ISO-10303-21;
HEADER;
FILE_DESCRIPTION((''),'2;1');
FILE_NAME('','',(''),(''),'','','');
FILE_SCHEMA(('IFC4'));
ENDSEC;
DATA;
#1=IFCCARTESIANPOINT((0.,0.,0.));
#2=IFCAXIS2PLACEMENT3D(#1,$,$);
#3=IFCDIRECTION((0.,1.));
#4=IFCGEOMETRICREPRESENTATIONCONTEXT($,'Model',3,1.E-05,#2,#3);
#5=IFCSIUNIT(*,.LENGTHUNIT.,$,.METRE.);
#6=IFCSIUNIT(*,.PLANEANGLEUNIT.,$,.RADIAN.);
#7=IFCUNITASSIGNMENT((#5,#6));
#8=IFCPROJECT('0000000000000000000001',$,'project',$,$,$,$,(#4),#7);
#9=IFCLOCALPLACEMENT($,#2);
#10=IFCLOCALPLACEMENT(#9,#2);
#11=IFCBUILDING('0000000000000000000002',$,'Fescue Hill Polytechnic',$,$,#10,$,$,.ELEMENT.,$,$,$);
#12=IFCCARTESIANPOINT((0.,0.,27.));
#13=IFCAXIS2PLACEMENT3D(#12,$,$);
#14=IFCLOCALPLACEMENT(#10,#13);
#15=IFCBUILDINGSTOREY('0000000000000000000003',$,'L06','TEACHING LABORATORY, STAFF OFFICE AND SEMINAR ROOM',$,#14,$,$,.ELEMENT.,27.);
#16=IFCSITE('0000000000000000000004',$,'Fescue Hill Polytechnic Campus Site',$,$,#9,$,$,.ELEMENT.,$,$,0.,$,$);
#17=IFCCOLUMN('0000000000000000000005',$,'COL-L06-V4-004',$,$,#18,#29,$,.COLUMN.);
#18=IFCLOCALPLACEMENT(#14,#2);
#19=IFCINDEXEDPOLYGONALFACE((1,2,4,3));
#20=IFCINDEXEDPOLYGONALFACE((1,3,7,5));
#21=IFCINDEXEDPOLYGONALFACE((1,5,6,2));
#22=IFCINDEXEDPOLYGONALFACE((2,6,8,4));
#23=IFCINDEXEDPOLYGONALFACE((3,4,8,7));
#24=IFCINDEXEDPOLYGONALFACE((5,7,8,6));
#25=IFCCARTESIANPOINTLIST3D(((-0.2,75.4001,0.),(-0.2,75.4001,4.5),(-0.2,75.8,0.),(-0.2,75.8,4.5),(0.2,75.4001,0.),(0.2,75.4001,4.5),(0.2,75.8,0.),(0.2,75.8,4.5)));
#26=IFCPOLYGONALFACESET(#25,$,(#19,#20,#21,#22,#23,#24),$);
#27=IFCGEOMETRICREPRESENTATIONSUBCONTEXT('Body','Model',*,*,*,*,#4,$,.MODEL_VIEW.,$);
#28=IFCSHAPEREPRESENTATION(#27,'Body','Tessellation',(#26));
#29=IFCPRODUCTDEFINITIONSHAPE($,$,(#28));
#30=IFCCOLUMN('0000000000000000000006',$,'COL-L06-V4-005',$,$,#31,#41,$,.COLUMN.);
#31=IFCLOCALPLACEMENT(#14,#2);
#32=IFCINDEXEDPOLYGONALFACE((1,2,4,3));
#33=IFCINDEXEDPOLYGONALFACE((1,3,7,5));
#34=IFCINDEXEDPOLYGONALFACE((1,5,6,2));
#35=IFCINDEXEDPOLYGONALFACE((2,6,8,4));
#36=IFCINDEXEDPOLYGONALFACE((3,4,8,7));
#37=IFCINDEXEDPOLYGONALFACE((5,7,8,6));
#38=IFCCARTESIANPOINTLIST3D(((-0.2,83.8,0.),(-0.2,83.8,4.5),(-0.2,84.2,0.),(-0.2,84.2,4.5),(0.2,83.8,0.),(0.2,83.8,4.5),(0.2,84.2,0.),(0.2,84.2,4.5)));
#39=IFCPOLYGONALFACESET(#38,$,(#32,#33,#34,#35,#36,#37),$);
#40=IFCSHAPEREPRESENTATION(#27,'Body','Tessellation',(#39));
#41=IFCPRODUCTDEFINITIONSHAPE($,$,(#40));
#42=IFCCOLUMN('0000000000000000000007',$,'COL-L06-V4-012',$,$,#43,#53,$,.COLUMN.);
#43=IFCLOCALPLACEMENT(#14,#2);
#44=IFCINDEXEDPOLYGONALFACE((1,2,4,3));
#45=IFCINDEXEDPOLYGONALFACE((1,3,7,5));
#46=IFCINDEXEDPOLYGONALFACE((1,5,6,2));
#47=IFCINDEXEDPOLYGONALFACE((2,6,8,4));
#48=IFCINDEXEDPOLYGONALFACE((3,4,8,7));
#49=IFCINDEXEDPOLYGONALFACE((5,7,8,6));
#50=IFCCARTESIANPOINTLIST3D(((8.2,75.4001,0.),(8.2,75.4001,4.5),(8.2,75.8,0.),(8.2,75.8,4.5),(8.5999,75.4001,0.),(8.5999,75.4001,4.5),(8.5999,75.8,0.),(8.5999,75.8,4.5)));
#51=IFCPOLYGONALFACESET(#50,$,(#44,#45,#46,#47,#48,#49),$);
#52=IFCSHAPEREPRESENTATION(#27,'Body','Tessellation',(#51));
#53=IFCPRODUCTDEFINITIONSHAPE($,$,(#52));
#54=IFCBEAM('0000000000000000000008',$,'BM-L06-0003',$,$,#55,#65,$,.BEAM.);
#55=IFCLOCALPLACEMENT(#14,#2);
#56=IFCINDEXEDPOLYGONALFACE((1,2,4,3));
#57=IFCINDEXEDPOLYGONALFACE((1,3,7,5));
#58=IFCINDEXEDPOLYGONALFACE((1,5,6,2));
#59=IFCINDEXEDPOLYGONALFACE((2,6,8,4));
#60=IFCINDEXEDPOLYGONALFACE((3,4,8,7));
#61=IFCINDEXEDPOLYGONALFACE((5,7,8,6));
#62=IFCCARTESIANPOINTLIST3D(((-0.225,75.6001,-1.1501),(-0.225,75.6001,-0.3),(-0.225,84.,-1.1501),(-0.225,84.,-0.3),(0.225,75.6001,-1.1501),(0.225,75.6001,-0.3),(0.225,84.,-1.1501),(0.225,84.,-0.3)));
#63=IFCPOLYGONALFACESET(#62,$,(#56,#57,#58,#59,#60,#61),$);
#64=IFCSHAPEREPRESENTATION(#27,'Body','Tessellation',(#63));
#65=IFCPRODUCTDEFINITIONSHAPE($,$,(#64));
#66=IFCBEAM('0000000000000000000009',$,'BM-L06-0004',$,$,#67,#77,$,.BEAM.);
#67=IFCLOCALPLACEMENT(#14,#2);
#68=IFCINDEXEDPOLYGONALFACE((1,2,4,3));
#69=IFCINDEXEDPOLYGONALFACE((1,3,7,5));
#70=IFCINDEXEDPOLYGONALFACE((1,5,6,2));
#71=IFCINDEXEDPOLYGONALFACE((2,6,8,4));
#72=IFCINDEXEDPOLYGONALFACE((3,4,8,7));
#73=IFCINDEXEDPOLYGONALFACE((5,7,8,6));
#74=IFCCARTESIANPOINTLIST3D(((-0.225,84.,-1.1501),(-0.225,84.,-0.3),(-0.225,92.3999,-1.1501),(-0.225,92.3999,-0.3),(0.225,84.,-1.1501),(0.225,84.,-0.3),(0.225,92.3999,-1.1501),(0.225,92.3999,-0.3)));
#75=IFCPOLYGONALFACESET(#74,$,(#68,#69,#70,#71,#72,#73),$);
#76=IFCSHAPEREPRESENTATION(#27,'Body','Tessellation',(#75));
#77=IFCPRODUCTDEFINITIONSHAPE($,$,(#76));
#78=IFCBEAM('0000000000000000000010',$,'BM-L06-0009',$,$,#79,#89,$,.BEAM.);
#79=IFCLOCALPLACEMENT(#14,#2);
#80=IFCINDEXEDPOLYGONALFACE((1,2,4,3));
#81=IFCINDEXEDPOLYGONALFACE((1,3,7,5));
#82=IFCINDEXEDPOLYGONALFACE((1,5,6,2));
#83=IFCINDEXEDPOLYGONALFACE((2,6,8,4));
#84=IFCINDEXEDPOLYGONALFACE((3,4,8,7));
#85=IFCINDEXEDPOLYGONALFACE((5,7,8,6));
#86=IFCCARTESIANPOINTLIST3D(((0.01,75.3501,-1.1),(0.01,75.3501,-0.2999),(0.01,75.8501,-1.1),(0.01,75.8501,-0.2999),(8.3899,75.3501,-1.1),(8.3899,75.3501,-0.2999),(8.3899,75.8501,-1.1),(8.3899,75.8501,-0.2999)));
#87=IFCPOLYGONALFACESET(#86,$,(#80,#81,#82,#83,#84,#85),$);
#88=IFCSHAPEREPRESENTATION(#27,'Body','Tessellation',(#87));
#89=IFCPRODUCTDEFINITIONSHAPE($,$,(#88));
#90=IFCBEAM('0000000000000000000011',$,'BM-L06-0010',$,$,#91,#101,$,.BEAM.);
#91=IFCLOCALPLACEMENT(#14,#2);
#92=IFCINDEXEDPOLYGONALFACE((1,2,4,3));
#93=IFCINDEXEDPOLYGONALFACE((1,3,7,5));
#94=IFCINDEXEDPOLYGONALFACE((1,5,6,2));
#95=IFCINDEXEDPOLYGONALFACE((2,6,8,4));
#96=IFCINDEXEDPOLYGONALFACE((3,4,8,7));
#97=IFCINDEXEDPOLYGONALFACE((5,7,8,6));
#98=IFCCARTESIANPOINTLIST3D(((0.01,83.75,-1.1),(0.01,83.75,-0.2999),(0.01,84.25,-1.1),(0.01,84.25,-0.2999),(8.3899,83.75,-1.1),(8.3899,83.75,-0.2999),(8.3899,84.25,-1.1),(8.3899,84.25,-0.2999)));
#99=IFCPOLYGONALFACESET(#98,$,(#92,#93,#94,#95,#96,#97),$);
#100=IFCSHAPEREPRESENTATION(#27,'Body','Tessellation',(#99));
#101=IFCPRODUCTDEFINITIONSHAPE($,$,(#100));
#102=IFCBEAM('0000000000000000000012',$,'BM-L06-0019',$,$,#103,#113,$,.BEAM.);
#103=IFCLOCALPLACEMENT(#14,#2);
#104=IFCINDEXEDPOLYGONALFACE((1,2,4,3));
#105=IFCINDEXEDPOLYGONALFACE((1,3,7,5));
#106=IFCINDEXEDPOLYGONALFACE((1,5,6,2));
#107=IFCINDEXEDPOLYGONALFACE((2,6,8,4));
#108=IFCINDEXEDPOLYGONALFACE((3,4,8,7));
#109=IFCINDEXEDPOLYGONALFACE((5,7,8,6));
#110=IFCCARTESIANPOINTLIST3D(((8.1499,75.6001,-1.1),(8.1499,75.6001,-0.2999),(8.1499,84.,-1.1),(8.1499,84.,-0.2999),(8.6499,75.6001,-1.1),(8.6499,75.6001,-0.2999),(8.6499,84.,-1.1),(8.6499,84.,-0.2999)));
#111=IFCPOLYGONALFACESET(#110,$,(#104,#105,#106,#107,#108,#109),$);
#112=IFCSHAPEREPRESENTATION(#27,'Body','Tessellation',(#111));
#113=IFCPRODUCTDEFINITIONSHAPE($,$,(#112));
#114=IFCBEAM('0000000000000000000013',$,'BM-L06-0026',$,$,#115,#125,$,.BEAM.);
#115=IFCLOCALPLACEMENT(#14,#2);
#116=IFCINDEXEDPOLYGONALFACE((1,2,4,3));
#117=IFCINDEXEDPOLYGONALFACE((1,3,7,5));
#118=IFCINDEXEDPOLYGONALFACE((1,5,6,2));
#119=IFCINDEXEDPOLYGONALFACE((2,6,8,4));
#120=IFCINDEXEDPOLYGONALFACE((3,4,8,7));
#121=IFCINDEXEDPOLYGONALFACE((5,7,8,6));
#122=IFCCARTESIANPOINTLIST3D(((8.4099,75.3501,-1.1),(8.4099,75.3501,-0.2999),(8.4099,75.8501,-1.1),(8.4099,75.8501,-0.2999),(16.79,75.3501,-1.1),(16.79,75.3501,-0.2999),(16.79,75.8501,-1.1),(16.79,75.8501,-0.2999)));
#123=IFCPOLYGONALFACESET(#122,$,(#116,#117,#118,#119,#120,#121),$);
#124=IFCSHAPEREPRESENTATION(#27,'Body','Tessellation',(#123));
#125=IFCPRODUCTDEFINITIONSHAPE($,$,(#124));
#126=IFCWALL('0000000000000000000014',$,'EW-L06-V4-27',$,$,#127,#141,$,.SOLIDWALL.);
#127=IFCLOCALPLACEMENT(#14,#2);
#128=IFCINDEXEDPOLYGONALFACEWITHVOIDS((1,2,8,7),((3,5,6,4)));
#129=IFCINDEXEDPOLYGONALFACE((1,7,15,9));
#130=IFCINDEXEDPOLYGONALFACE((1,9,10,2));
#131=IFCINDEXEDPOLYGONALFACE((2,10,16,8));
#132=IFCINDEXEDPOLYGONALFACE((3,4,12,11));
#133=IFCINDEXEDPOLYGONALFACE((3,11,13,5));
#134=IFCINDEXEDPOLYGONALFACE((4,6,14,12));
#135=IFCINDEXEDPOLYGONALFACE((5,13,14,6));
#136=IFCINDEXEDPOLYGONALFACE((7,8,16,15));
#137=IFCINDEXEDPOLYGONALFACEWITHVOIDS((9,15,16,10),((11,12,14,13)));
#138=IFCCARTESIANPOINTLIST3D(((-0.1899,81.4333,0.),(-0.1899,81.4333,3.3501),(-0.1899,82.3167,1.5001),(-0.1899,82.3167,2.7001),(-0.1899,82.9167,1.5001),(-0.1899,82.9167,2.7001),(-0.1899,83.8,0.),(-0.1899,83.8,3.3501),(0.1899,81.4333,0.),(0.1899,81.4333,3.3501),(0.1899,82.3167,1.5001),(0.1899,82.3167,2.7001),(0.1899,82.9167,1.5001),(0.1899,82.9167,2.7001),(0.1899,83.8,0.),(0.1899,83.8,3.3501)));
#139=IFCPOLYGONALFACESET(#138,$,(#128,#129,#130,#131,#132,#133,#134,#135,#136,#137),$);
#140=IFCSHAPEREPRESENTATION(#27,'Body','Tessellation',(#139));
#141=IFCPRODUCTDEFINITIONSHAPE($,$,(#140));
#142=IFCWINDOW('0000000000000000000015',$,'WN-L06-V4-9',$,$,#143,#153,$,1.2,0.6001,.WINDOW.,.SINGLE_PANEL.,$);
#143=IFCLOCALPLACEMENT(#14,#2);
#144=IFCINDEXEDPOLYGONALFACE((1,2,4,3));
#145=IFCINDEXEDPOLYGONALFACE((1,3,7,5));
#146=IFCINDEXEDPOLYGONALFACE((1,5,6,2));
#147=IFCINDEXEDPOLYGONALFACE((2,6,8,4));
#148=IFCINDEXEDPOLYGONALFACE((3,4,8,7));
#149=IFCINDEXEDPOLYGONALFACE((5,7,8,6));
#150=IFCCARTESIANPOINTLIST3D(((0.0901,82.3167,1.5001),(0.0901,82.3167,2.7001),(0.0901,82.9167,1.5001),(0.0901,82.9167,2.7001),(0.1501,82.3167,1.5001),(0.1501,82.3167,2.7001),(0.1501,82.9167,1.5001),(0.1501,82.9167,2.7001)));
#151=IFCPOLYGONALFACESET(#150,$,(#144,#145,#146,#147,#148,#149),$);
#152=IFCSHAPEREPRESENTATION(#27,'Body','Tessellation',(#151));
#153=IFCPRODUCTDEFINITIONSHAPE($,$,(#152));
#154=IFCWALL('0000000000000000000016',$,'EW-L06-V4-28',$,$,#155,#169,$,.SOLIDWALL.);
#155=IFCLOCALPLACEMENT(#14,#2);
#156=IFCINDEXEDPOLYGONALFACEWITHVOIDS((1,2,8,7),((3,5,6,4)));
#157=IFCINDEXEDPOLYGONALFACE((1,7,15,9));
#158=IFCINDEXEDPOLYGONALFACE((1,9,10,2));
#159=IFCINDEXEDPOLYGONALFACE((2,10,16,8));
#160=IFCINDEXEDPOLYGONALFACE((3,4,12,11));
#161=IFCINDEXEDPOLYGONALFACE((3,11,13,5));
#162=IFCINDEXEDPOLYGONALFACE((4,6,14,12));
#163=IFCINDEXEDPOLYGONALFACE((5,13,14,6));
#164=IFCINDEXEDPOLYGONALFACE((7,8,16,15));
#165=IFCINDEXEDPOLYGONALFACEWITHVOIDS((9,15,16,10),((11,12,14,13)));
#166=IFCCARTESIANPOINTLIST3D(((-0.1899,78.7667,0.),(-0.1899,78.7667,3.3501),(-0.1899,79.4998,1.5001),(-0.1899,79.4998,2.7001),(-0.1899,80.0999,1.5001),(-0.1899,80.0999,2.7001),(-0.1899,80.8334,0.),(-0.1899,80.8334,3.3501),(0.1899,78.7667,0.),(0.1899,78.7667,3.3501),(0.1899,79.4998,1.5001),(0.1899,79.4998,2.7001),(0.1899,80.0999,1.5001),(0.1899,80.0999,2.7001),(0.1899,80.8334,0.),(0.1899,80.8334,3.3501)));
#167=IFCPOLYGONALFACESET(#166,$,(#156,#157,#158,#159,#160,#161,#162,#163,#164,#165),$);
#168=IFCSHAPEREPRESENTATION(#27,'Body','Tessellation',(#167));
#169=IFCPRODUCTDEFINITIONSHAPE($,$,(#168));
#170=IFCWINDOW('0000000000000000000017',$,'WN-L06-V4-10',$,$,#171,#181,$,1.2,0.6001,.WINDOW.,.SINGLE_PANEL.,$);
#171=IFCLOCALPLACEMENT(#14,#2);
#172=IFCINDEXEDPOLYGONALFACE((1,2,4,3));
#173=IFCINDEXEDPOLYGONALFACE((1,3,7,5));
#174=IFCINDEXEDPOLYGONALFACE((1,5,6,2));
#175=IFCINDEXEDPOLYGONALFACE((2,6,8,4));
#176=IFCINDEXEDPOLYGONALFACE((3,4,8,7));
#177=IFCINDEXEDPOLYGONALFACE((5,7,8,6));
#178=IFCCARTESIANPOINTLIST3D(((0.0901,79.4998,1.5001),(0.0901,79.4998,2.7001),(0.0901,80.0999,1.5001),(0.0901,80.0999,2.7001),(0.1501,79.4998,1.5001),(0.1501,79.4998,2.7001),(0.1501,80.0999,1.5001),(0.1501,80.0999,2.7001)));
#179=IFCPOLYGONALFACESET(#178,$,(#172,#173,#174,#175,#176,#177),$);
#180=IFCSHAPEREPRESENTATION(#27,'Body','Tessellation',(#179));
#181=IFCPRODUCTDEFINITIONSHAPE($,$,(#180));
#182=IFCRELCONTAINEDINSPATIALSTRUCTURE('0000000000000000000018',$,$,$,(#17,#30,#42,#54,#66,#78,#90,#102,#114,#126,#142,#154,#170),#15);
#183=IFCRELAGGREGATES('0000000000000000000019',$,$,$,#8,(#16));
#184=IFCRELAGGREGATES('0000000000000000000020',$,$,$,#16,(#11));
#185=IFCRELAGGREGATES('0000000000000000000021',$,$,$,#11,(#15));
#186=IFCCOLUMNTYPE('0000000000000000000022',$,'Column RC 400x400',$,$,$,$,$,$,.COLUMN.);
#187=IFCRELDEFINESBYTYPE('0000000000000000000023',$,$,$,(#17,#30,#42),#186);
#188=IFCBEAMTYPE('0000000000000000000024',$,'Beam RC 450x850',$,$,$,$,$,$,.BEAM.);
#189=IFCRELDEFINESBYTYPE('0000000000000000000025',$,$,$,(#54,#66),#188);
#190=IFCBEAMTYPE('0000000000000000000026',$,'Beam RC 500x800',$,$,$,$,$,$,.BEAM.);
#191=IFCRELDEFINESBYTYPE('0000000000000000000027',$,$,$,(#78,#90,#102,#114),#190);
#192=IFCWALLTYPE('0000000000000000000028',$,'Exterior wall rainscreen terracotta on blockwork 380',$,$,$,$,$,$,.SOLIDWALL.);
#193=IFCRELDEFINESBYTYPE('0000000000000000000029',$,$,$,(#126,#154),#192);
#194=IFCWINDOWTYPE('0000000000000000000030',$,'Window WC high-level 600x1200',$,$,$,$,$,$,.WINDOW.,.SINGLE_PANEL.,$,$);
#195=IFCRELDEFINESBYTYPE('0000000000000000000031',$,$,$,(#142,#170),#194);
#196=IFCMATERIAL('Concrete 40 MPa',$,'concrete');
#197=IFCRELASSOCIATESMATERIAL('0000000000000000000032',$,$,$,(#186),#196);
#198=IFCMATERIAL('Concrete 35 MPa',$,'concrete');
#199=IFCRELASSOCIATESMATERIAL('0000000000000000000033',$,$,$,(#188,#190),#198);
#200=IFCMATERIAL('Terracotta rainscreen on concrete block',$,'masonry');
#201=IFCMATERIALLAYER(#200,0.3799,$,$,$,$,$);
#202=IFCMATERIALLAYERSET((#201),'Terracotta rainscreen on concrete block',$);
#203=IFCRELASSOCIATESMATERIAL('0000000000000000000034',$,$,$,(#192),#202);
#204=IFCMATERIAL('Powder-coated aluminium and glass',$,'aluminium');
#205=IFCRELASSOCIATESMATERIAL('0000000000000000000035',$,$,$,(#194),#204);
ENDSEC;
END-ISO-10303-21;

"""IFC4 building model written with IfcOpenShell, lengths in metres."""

from ifc_helpers import new_model, si_unit, direction, frame, frame_2d, origin, origin_2d, place, context, subcontext, project, spatial, rectangle, extrude, material, layer, layer_set, material_profile, profile_set, type_object, element, fill, save


model = new_model("IFC4")

# Units and contexts
model_context = context("Model", 3, precision=1e-05, world=origin(), true_north=direction((0.0, 1.0)))
body_context = subcontext(model_context, "Body", "Model", "MODEL_VIEW")
ifc_project = project(units=[si_unit("LENGTHUNIT", "METRE"), si_unit("PLANEANGLEUNIT", "RADIAN")], contexts=[model_context])

# Site, building, storey
site_placement = place(None, origin())
site = spatial("IfcSite", under=ifc_project, at=site_placement, Name="Fescue Hill Polytechnic Campus Site", CompositionType="ELEMENT", RefElevation=0.0)
building_placement = place(site_placement, origin())
building = spatial("IfcBuilding", under=site, at=building_placement, Name="Fescue Hill Polytechnic", CompositionType="ELEMENT")
storey_placement = place(building_placement, frame((0.0, 0.0, 27.0)))
storey = spatial("IfcBuildingStorey", under=building, at=storey_placement, Name="L06", Description="TEACHING LABORATORY, STAFF OFFICE AND SEMINAR ROOM", CompositionType="ELEMENT", Elevation=27.0)

# Columns
ifc_material_1 = material(Name="Concrete 40 MPa", Category="concrete")
ifc_material_profile_1 = material_profile(ifc_material_1, rectangle(XDim=0.3999, YDim=0.3999, at=origin_2d()), Name="RC 400x400")
ifc_profile_set_1 = profile_set([ifc_material_profile_1], Name="Concrete 40 MPa")
column_type = type_object("IfcColumnType", Name="Column RC 400x400", PredefinedType="COLUMN", material=ifc_profile_set_1)
for number, where, z_axis, x_axis, name in (
    (1, (0.0, 75.6001, 0.0), (0.0, 0.0, 1.0), (1.0, 0.0, 0.0), "COL-L06-V4-004"),
    (2, (0.0, 84.0, 0.0), (0.0, 0.0, 1.0), (1.0, 0.0, 0.0), "COL-L06-V4-005"),
    (3, (8.3999, 75.6001, 0.0), (0.0, 0.0, 1.0), (1.0, 0.0, 0.0), "COL-L06-V4-012"),
):
    element("IfcColumn", number, at=place(storey_placement, frame(where, z_axis=z_axis, x_axis=x_axis)), inside=storey, type_object=column_type, Name=name, PredefinedType="COLUMN", context=body_context, shape_type="SweptSolid", body=[
        extrude(rectangle(XDim=0.3999, YDim=0.3999, at=origin_2d()), origin(), (0.0, 0.0, 1.0), 4.5),
    ])

# Beams
ifc_material_2 = material(Name="Concrete 35 MPa", Category="concrete")
ifc_material_profile_2 = material_profile(ifc_material_2, rectangle(XDim=0.45, YDim=0.8501, at=origin_2d()), Name="RC 450x850")
ifc_profile_set_2 = profile_set([ifc_material_profile_2], Name="Concrete 35 MPa")
beam_type_1 = type_object("IfcBeamType", Name="Beam RC 450x850", PredefinedType="BEAM", material=ifc_profile_set_2)
for number, where, z_axis, x_axis, name in (
    (4, (0.0, 75.6001, -0.7251), (0.0, 1.0, 0.0), (-1.0, 0.0, 0.0), "BM-L06-0003"),
    (5, (0.0, 84.0, -0.7251), (0.0, 1.0, 0.0), (-1.0, 0.0, 0.0), "BM-L06-0004"),
):
    element("IfcBeam", number, at=place(storey_placement, frame(where, z_axis=z_axis, x_axis=x_axis)), inside=storey, type_object=beam_type_1, Name=name, PredefinedType="BEAM", context=body_context, shape_type="SweptSolid", body=[
        extrude(rectangle(XDim=0.45, YDim=0.8501, at=origin_2d()), origin(), (0.0, 0.0, 1.0), 8.3999),
    ])
ifc_material_profile_3 = material_profile(ifc_material_2, rectangle(XDim=0.5, YDim=0.8, at=origin_2d()), Name="RC 500x800")
ifc_profile_set_3 = profile_set([ifc_material_profile_3], Name="Concrete 35 MPa")
beam_type_2 = type_object("IfcBeamType", Name="Beam RC 500x800", PredefinedType="BEAM", material=ifc_profile_set_3)
for number, where, z_axis, x_axis, name in (
    (6, (0.01, 75.6001, -0.7), (1.0, 0.0, 0.0), (0.0, 1.0, 0.0), "BM-L06-0009"),
    (7, (0.01, 84.0, -0.7), (1.0, 0.0, 0.0), (0.0, 1.0, 0.0), "BM-L06-0010"),
):
    element("IfcBeam", number, at=place(storey_placement, frame(where, z_axis=z_axis, x_axis=x_axis)), inside=storey, type_object=beam_type_2, Name=name, PredefinedType="BEAM", context=body_context, shape_type="SweptSolid", body=[
        extrude(rectangle(XDim=0.5, YDim=0.8, at=origin_2d()), origin(), (0.0, 0.0, 1.0), 8.3799),
    ])
beam_1_placement = place(storey_placement, frame((8.3999, 75.6001, -0.7), z_axis=(0.0, 1.0, 0.0), x_axis=(-1.0, 0.0, 0.0)))
element("IfcBeam", 8, at=beam_1_placement, inside=storey, type_object=beam_type_2, Name="BM-L06-0019", PredefinedType="BEAM", context=body_context, shape_type="SweptSolid", body=[
    extrude(rectangle(XDim=0.5, YDim=0.8, at=origin_2d()), origin(), (0.0, 0.0, 1.0), 8.3999),
])
beam_2_placement = place(storey_placement, frame((8.4099, 75.6001, -0.7), z_axis=(1.0, 0.0, 0.0), x_axis=(0.0, 1.0, 0.0)))
element("IfcBeam", 9, at=beam_2_placement, inside=storey, type_object=beam_type_2, Name="BM-L06-0026", PredefinedType="BEAM", context=body_context, shape_type="SweptSolid", body=[
    extrude(rectangle(XDim=0.5, YDim=0.8, at=origin_2d()), origin(), (0.0, 0.0, 1.0), 8.3801),
])

# Walls, openings, windows
ifc_material_3 = material(Name="Terracotta rainscreen on concrete block", Category="masonry")
ifc_layer_1 = layer(ifc_material_3, 0.3799)
ifc_layer_set_1 = layer_set([ifc_layer_1], Name="Terracotta rainscreen on concrete block")
wall_type_1 = type_object("IfcWallType", Name="Exterior wall rainscreen terracotta on blockwork 380", PredefinedType="SOLIDWALL", material=ifc_layer_set_1)
wall_1_placement = place(storey_placement, frame((0.0, 83.8, 0.0), z_axis=(0.0, 0.0, 1.0), x_axis=(0.0, -1.0, 0.0)))
wall_1 = element("IfcWall", 10, at=wall_1_placement, inside=storey, type_object=wall_type_1, Name="EW-L06-V4-27", PredefinedType="SOLIDWALL", context=body_context, shape_type="SweptSolid", body=[
    extrude(rectangle(XDim=2.3667, YDim=0.3799, at=frame_2d((1.1833, 0.0))), origin(), (0.0, 0.0, 1.0), 3.3501),
])
opening_1_placement = place(wall_1_placement, frame((0.8833, 0.0, 1.5)))
opening_1 = element("IfcOpeningElement", 11, at=opening_1_placement, cuts=wall_1, PredefinedType="OPENING", context=body_context, shape_type="SweptSolid", body=[
    extrude(rectangle(XDim=0.6001, YDim=1.2, at=frame_2d((0.3, 0.6001))), frame((0.0, 0.2, 0.0), z_axis=(0.0, -1.0, 0.0), x_axis=(1.0, 0.0, 0.0)), (0.0, 0.0, 1.0), 0.3999),
])
ifc_material_4 = material(Name="Powder-coated aluminium and glass", Category="aluminium")
window_type = type_object("IfcWindowType", Name="Window WC high-level 600x1200", PartitioningType="SINGLE_PANEL", PredefinedType="WINDOW", material=ifc_material_4)
window_1_placement = place(opening_1_placement, origin())
window_1 = element("IfcWindow", 12, at=window_1_placement, inside=storey, type_object=window_type, Name="WN-L06-V4-9", OverallHeight=1.2, OverallWidth=0.6001, PartitioningType="SINGLE_PANEL", PredefinedType="WINDOW", context=body_context, shape_type="SweptSolid", body=[
    extrude(rectangle(XDim=0.6001, YDim=1.2, at=frame_2d((0.3, 0.6001))), frame((0.0, 0.1501, 0.0), z_axis=(0.0, -1.0, 0.0), x_axis=(1.0, 0.0, 0.0)), (0.0, 0.0, 1.0), 0.0601),
])
fill(opening_1, window_1)
wall_2_placement = place(storey_placement, frame((0.0, 80.8333, 0.0), z_axis=(0.0, 0.0, 1.0), x_axis=(0.0, -1.0, 0.0)))
wall_2 = element("IfcWall", 13, at=wall_2_placement, inside=storey, type_object=wall_type_1, Name="EW-L06-V4-28", PredefinedType="SOLIDWALL", context=body_context, shape_type="SweptSolid", body=[
    extrude(rectangle(XDim=2.0667, YDim=0.3799, at=frame_2d((1.0332, 0.0))), origin(), (0.0, 0.0, 1.0), 3.3501),
])
opening_2_placement = place(wall_2_placement, frame((0.7334, 0.0, 1.5)))
opening_2 = element("IfcOpeningElement", 14, at=opening_2_placement, cuts=wall_2, PredefinedType="OPENING", context=body_context, shape_type="SweptSolid", body=[
    extrude(rectangle(XDim=0.6001, YDim=1.2, at=frame_2d((0.3, 0.6001))), frame((0.0, 0.2, 0.0), z_axis=(0.0, -1.0, 0.0), x_axis=(1.0, 0.0, 0.0)), (0.0, 0.0, 1.0), 0.3999),
])
window_2_placement = place(opening_2_placement, origin())
window_2 = element("IfcWindow", 15, at=window_2_placement, inside=storey, type_object=window_type, Name="WN-L06-V4-10", OverallHeight=1.2, OverallWidth=0.6001, PartitioningType="SINGLE_PANEL", PredefinedType="WINDOW", context=body_context, shape_type="SweptSolid", body=[
    extrude(rectangle(XDim=0.6001, YDim=1.2, at=frame_2d((0.3, 0.6001))), frame((0.0, 0.1501, 0.0), z_axis=(0.0, -1.0, 0.0), x_axis=(1.0, 0.0, 0.0)), (0.0, 0.0, 1.0), 0.0601),
])
fill(opening_2, window_2)

save(model, "model.ifc")
